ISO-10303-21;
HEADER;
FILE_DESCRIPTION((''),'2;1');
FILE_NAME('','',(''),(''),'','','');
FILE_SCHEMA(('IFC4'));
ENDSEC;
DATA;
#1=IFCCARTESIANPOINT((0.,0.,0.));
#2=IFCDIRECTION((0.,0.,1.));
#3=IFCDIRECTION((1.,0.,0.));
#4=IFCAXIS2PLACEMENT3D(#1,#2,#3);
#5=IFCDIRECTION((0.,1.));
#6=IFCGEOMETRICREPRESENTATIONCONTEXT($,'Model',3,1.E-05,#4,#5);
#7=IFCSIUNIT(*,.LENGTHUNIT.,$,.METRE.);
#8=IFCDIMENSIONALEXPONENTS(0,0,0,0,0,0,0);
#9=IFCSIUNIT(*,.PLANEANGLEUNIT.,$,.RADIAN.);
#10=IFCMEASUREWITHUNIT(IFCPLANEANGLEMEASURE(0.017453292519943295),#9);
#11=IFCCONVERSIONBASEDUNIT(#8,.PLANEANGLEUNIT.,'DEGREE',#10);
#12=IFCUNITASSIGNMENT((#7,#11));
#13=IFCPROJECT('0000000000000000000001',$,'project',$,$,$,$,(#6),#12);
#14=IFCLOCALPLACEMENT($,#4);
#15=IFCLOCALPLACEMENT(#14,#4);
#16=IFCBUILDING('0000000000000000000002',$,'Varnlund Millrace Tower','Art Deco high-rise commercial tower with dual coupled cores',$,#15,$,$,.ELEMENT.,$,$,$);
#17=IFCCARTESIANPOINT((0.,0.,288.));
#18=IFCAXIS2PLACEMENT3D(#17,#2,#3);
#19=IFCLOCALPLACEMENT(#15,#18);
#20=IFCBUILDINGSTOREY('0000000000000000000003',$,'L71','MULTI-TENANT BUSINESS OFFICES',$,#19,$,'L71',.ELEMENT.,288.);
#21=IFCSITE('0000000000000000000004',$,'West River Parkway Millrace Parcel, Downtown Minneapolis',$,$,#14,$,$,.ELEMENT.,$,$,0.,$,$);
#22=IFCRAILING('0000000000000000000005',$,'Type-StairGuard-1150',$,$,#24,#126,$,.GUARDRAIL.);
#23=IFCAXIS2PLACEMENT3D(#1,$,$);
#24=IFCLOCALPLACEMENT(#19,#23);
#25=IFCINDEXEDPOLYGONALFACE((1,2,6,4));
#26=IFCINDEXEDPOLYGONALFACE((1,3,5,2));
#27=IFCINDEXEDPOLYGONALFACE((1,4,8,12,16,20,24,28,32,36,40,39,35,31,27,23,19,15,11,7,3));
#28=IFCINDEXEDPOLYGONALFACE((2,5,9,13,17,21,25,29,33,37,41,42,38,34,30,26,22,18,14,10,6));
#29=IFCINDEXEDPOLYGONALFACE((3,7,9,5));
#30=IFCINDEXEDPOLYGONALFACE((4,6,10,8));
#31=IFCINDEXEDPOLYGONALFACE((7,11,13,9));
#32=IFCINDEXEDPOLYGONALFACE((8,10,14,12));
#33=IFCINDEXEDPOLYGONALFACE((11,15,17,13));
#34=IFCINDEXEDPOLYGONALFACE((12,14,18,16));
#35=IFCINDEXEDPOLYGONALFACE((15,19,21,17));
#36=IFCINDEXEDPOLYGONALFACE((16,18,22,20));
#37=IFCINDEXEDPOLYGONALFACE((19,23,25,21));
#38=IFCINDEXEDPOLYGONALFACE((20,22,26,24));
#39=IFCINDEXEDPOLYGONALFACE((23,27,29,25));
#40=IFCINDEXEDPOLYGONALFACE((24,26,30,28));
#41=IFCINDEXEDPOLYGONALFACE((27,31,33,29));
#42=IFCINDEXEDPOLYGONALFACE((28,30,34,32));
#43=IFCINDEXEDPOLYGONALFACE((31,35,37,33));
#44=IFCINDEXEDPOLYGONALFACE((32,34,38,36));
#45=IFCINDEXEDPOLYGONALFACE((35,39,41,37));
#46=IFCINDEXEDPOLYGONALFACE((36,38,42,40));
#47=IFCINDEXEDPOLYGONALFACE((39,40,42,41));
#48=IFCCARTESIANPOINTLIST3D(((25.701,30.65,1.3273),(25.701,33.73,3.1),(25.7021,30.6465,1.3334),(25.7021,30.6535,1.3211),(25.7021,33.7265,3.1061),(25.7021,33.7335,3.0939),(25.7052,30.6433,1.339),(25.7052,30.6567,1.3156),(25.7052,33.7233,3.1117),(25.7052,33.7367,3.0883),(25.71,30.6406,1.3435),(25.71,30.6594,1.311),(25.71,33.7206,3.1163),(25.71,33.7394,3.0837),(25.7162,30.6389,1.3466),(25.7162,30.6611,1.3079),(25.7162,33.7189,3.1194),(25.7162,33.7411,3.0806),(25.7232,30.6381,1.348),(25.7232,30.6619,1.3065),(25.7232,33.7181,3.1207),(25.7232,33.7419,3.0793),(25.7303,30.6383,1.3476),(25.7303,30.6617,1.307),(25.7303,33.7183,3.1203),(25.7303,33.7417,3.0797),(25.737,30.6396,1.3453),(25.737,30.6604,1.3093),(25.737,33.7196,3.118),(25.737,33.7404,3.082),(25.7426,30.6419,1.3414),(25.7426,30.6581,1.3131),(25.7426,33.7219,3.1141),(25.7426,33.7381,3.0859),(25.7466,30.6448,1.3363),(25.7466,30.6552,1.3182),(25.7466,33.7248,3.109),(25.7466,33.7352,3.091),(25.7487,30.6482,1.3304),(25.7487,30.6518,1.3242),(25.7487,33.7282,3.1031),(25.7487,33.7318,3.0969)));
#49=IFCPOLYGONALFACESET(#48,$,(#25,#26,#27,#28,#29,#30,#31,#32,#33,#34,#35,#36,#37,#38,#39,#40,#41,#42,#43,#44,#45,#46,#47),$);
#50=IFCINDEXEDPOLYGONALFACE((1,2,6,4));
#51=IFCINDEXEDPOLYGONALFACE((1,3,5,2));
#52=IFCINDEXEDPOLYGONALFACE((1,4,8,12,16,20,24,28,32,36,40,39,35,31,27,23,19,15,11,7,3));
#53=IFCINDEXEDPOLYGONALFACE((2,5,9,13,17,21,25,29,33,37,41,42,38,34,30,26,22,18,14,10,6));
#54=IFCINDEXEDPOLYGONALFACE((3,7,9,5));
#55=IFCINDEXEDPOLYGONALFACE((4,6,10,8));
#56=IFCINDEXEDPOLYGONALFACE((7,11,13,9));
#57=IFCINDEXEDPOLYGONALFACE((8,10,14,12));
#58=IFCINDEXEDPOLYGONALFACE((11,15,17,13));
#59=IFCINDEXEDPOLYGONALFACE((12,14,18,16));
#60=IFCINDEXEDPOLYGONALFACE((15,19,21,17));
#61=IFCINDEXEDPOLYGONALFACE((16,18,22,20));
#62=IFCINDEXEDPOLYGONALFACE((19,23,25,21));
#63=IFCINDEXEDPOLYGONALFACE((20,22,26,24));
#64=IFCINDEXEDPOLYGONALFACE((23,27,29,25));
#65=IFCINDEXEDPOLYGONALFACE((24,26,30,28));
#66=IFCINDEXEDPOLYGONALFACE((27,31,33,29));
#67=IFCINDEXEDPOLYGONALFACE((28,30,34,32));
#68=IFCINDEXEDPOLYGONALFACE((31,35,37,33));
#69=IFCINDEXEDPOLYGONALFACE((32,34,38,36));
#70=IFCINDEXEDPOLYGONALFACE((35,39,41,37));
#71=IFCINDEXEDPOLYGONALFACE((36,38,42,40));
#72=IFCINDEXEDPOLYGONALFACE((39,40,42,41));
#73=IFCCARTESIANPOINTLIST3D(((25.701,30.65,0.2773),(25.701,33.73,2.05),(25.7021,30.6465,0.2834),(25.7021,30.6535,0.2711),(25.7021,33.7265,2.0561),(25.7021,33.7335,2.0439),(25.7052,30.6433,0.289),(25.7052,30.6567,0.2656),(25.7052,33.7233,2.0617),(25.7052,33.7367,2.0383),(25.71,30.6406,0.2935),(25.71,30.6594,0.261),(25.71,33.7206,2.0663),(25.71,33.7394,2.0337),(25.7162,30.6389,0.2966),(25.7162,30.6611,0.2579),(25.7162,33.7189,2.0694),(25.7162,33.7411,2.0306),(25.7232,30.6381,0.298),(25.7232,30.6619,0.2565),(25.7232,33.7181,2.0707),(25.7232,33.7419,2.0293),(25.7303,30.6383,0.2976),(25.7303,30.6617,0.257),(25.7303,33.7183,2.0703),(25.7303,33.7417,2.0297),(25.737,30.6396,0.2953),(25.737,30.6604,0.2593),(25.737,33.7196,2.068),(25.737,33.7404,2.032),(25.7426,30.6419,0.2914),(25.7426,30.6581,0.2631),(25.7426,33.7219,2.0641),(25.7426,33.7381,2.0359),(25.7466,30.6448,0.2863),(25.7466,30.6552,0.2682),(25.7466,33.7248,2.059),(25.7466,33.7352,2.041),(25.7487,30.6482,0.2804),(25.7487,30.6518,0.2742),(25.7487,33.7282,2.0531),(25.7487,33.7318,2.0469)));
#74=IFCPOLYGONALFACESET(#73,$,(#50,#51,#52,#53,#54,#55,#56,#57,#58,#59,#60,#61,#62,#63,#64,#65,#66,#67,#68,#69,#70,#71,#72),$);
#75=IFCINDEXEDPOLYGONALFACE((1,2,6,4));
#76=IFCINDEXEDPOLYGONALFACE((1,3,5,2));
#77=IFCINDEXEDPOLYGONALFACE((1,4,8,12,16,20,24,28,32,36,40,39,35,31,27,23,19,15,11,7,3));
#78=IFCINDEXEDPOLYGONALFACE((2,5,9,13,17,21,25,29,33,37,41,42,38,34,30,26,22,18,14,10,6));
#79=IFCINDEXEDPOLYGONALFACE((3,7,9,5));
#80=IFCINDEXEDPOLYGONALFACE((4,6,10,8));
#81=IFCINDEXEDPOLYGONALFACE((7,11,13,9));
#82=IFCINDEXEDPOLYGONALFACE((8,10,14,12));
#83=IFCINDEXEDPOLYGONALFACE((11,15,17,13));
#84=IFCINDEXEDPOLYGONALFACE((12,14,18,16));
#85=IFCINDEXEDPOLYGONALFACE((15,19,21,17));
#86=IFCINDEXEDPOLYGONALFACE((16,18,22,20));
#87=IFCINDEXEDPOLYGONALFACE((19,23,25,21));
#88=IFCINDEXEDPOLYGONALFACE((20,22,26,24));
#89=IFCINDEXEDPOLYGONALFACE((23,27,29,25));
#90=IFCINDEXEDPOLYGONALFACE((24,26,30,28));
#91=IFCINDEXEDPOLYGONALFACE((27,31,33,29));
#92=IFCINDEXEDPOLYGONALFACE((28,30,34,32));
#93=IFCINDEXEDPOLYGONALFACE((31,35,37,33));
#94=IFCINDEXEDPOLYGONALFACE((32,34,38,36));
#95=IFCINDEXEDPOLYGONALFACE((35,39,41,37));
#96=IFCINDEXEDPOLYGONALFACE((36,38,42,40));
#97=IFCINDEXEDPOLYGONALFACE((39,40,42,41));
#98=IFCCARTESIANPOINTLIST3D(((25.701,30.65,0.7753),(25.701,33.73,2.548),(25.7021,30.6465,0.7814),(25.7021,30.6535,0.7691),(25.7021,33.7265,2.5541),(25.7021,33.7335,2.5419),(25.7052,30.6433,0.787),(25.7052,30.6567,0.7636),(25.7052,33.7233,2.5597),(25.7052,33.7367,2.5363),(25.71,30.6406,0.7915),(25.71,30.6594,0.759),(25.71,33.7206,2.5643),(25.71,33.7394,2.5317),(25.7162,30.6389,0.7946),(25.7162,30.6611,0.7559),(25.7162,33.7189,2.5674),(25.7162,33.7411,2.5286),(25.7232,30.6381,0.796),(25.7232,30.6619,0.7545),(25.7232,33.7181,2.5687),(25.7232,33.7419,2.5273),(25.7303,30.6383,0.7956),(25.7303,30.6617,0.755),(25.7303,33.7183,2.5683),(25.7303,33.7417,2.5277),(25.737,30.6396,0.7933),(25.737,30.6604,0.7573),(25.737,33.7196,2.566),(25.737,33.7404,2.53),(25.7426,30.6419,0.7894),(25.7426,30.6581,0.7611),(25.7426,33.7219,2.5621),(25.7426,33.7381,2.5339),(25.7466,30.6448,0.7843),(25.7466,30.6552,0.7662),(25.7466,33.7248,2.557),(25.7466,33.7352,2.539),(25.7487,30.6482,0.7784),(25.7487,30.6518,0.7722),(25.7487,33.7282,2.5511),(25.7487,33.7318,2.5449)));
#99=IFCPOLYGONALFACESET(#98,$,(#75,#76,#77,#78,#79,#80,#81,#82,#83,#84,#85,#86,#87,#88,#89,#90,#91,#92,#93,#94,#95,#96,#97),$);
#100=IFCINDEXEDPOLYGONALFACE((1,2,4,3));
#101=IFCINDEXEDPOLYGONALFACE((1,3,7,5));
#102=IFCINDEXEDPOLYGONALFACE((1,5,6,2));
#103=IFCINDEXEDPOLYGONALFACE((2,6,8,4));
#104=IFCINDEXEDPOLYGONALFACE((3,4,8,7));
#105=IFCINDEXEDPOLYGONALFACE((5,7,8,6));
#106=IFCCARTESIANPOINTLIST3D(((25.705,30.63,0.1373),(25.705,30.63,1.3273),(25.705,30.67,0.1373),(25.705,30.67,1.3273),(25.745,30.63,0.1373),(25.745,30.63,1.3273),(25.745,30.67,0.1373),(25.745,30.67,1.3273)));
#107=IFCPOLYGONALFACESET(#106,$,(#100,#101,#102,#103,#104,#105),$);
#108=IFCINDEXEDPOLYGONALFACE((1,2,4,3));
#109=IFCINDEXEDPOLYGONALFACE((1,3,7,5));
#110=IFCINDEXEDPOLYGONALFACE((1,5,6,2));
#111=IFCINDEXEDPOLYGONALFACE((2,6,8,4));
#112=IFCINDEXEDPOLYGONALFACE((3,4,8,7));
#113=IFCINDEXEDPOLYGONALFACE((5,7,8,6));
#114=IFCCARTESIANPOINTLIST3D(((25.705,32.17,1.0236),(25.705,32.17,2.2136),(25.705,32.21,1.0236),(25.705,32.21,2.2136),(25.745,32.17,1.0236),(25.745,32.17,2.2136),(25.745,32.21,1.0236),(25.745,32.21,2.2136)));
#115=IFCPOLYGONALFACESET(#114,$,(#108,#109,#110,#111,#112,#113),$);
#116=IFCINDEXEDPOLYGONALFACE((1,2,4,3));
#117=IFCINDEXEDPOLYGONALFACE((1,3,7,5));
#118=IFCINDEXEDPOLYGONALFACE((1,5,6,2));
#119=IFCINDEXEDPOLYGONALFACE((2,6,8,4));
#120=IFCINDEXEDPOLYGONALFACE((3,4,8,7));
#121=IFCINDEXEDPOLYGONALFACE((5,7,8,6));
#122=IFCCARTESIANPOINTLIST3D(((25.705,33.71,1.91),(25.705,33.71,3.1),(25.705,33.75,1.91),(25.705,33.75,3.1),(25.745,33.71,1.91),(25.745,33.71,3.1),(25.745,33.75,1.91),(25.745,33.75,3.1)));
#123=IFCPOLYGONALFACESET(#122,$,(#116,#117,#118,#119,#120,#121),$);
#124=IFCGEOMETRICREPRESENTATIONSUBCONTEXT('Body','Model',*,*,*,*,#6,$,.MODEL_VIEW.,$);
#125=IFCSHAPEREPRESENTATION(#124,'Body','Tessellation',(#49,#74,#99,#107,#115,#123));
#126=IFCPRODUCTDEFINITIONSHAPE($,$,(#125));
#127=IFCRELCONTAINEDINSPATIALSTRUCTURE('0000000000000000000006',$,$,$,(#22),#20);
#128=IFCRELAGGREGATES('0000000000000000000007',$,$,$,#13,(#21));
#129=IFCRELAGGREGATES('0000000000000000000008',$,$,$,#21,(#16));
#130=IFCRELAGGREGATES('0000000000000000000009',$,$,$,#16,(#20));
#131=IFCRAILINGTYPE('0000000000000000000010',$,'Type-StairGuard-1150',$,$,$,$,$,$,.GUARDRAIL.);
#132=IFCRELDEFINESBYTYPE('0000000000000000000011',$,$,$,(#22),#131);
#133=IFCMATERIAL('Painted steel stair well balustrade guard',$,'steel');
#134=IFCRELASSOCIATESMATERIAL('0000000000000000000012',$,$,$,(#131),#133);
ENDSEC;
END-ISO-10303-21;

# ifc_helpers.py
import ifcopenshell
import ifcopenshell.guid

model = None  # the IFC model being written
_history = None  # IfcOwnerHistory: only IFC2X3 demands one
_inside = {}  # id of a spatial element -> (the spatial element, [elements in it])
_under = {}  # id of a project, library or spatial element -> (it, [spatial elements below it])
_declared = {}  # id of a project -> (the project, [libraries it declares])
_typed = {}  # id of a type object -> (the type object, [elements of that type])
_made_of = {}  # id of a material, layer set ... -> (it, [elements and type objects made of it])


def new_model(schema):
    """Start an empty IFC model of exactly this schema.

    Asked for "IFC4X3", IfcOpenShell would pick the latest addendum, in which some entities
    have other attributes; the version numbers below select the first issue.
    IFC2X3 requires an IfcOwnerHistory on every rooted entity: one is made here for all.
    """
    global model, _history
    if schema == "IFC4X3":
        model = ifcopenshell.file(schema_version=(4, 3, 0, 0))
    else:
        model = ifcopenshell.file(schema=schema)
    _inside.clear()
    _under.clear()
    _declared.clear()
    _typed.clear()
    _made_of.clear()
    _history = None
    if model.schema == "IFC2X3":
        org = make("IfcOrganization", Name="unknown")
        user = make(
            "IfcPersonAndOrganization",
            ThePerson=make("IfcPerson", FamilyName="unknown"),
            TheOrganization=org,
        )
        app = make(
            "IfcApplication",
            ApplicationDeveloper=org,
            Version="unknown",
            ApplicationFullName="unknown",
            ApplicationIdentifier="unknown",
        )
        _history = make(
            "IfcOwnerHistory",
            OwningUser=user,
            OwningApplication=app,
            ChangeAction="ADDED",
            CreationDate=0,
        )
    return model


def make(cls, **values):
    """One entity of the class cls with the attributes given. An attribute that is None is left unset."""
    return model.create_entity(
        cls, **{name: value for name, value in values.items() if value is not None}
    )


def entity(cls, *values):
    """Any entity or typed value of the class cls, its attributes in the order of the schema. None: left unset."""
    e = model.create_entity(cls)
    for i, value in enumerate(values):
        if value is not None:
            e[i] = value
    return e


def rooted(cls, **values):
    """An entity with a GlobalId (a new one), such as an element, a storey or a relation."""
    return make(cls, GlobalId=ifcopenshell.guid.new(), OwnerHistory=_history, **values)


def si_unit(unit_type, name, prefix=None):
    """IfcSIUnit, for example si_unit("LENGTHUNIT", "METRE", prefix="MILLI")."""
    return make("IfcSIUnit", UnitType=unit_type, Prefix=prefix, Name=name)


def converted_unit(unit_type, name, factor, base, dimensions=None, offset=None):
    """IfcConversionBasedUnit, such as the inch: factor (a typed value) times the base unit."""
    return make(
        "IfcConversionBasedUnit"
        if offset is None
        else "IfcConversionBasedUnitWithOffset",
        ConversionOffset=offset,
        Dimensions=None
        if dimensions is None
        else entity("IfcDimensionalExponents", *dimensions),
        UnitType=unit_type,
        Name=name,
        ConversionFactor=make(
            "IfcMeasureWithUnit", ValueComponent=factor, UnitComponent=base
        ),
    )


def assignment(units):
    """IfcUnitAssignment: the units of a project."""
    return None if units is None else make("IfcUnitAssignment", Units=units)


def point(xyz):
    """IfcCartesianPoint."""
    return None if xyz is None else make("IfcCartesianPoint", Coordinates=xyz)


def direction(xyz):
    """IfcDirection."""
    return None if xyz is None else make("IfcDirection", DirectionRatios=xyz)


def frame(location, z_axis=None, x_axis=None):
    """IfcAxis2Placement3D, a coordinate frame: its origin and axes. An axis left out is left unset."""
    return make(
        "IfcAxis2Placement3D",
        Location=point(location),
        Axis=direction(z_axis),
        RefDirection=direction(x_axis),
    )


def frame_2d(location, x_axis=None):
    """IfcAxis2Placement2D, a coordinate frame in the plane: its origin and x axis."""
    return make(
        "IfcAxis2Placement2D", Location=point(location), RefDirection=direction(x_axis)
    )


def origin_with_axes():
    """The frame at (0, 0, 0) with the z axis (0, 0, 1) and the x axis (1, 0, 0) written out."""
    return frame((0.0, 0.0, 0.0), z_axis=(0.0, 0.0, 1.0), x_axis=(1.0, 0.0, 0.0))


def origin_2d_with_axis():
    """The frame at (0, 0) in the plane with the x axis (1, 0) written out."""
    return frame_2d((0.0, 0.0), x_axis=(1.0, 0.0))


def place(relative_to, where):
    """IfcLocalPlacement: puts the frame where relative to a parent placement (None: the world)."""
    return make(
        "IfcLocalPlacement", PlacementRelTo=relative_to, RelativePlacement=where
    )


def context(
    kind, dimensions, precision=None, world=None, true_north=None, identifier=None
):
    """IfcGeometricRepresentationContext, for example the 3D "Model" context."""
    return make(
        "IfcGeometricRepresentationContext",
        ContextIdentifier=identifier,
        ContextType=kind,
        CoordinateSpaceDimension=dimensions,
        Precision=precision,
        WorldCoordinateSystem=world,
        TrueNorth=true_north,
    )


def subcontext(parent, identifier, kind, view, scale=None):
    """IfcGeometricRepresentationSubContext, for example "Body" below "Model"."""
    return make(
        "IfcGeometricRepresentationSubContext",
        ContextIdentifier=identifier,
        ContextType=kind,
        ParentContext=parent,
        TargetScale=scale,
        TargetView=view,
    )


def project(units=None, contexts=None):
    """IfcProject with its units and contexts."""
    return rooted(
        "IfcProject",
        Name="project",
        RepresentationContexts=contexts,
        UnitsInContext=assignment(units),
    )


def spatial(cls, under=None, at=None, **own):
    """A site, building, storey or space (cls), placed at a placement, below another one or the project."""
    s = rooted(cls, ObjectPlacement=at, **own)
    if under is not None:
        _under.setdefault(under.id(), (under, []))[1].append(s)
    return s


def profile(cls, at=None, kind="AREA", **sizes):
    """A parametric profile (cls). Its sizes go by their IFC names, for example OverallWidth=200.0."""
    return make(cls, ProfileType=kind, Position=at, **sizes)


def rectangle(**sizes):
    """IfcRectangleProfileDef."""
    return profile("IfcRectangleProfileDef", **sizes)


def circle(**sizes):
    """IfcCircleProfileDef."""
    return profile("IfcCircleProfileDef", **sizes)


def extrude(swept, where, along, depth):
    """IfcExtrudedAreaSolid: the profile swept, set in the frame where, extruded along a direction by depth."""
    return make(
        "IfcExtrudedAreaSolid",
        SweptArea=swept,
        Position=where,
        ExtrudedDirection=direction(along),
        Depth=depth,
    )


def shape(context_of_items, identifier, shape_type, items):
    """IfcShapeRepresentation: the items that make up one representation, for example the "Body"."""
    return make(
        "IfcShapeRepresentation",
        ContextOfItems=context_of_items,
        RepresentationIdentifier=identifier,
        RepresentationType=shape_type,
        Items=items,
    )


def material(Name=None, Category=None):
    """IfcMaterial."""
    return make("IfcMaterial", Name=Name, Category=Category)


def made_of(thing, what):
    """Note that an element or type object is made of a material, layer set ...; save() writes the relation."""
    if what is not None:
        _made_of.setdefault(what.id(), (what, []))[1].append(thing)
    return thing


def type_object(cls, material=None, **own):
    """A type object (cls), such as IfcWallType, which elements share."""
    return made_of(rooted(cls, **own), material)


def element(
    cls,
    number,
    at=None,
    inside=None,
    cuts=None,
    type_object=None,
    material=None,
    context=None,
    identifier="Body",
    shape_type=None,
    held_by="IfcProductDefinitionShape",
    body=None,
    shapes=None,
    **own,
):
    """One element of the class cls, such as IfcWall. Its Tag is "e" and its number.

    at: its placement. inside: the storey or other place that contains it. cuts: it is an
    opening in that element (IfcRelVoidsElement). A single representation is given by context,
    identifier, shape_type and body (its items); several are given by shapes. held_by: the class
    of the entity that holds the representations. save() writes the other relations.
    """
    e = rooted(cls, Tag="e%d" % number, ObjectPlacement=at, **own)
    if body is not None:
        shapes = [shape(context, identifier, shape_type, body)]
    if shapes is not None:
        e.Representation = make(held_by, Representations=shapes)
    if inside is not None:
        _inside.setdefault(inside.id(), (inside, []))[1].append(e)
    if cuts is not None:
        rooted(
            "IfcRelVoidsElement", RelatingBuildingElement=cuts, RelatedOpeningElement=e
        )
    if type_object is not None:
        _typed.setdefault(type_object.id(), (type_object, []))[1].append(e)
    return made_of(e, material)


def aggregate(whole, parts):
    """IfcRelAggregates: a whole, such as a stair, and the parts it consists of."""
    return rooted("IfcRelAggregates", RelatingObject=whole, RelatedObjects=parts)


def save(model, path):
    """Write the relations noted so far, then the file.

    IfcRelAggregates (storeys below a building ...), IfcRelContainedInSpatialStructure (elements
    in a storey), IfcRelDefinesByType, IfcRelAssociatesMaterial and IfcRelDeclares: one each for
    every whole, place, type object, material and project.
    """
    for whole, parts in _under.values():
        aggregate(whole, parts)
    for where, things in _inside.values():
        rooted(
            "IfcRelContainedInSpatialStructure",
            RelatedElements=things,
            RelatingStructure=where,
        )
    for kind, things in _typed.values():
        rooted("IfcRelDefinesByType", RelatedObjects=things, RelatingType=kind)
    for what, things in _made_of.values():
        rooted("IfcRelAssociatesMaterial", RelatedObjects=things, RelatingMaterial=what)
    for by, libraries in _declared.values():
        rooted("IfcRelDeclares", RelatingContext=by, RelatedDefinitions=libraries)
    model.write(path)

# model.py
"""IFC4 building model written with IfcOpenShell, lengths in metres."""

from ifc_helpers import new_model, entity, si_unit, converted_unit, direction, frame, origin_with_axes, origin_2d_with_axis, place, context, subcontext, project, spatial, rectangle, circle, extrude, material, type_object, element, save


model = new_model("IFC4")

# Units and contexts
model_context = context("Model", 3, precision=1e-05, world=origin_with_axes(), true_north=direction((0.0, 1.0)))
body_context = subcontext(model_context, "Body", "Model", "MODEL_VIEW")
ifc_project = project(units=[si_unit("LENGTHUNIT", "METRE"), converted_unit("PLANEANGLEUNIT", "DEGREE", entity("IfcPlaneAngleMeasure", 0.017453292519943295), si_unit("PLANEANGLEUNIT", "RADIAN"), dimensions=[0, 0, 0, 0, 0, 0, 0])], contexts=[model_context])

# Site, building, storey
site_placement = place(None, origin_with_axes())
site = spatial("IfcSite", under=ifc_project, at=site_placement, Name="West River Parkway Millrace Parcel, Downtown Minneapolis", CompositionType="ELEMENT", RefElevation=0.0)
building_placement = place(site_placement, origin_with_axes())
building = spatial("IfcBuilding", under=site, at=building_placement, Name="Varnlund Millrace Tower", Description="Art Deco high-rise commercial tower with dual coupled cores", CompositionType="ELEMENT")
storey_placement = place(building_placement, frame((0.0, 0.0, 288.0), z_axis=(0.0, 0.0, 1.0), x_axis=(1.0, 0.0, 0.0)))
storey = spatial("IfcBuildingStorey", under=building, at=storey_placement, Name="L71", Description="MULTI-TENANT BUSINESS OFFICES", LongName="L71", CompositionType="ELEMENT", Elevation=288.0)

# Railing
ifc_material_1 = material(Name="Painted steel stair well balustrade guard", Category="steel")
railing_type_1 = type_object("IfcRailingType", Name="Type-StairGuard-1150", PredefinedType="GUARDRAIL", material=ifc_material_1)
railing_1_placement = place(storey_placement, frame((0.0, 0.0, -288.0), z_axis=(0.0, 0.0, 1.0), x_axis=(1.0, 0.0, 0.0)))
element("IfcRailing", 1, at=railing_1_placement, inside=storey, type_object=railing_type_1, Name="Type-StairGuard-1150", PredefinedType="GUARDRAIL", context=body_context, shape_type="SweptSolid", body=[
    extrude(circle(Radius=0.024, at=origin_2d_with_axis()), frame((25.725, 30.65, 289.3273), z_axis=(0.0, 0.866696, 0.498836), x_axis=(-1.0, 0.0, 0.0)), (0.0, 0.0, 1.0), 3.5537),
    extrude(circle(Radius=0.024, at=origin_2d_with_axis()), frame((25.725, 30.65, 288.2773), z_axis=(0.0, 0.866696, 0.498836), x_axis=(-1.0, 0.0, 0.0)), (0.0, 0.0, 1.0), 3.5537),
    extrude(circle(Radius=0.024, at=origin_2d_with_axis()), frame((25.725, 30.65, 288.7753), z_axis=(0.0, 0.866696, 0.498836), x_axis=(-1.0, 0.0, 0.0)), (0.0, 0.0, 1.0), 3.5537),
    extrude(rectangle(XDim=0.04, YDim=0.04, at=origin_2d_with_axis()), frame((25.725, 30.65, 288.1373), z_axis=(0.0, 0.0, 1.0), x_axis=(1.0, 0.0, 0.0)), (0.0, 0.0, 1.0), 1.19),
    extrude(rectangle(XDim=0.04, YDim=0.04, at=origin_2d_with_axis()), frame((25.725, 32.19, 289.0236), z_axis=(0.0, 0.0, 1.0), x_axis=(1.0, 0.0, 0.0)), (0.0, 0.0, 1.0), 1.19),
    extrude(rectangle(XDim=0.04, YDim=0.04, at=origin_2d_with_axis()), frame((25.725, 33.73, 289.91), z_axis=(0.0, 0.0, 1.0), x_axis=(1.0, 0.0, 0.0)), (0.0, 0.0, 1.0), 1.19),
])

save(model, "model.ifc")
